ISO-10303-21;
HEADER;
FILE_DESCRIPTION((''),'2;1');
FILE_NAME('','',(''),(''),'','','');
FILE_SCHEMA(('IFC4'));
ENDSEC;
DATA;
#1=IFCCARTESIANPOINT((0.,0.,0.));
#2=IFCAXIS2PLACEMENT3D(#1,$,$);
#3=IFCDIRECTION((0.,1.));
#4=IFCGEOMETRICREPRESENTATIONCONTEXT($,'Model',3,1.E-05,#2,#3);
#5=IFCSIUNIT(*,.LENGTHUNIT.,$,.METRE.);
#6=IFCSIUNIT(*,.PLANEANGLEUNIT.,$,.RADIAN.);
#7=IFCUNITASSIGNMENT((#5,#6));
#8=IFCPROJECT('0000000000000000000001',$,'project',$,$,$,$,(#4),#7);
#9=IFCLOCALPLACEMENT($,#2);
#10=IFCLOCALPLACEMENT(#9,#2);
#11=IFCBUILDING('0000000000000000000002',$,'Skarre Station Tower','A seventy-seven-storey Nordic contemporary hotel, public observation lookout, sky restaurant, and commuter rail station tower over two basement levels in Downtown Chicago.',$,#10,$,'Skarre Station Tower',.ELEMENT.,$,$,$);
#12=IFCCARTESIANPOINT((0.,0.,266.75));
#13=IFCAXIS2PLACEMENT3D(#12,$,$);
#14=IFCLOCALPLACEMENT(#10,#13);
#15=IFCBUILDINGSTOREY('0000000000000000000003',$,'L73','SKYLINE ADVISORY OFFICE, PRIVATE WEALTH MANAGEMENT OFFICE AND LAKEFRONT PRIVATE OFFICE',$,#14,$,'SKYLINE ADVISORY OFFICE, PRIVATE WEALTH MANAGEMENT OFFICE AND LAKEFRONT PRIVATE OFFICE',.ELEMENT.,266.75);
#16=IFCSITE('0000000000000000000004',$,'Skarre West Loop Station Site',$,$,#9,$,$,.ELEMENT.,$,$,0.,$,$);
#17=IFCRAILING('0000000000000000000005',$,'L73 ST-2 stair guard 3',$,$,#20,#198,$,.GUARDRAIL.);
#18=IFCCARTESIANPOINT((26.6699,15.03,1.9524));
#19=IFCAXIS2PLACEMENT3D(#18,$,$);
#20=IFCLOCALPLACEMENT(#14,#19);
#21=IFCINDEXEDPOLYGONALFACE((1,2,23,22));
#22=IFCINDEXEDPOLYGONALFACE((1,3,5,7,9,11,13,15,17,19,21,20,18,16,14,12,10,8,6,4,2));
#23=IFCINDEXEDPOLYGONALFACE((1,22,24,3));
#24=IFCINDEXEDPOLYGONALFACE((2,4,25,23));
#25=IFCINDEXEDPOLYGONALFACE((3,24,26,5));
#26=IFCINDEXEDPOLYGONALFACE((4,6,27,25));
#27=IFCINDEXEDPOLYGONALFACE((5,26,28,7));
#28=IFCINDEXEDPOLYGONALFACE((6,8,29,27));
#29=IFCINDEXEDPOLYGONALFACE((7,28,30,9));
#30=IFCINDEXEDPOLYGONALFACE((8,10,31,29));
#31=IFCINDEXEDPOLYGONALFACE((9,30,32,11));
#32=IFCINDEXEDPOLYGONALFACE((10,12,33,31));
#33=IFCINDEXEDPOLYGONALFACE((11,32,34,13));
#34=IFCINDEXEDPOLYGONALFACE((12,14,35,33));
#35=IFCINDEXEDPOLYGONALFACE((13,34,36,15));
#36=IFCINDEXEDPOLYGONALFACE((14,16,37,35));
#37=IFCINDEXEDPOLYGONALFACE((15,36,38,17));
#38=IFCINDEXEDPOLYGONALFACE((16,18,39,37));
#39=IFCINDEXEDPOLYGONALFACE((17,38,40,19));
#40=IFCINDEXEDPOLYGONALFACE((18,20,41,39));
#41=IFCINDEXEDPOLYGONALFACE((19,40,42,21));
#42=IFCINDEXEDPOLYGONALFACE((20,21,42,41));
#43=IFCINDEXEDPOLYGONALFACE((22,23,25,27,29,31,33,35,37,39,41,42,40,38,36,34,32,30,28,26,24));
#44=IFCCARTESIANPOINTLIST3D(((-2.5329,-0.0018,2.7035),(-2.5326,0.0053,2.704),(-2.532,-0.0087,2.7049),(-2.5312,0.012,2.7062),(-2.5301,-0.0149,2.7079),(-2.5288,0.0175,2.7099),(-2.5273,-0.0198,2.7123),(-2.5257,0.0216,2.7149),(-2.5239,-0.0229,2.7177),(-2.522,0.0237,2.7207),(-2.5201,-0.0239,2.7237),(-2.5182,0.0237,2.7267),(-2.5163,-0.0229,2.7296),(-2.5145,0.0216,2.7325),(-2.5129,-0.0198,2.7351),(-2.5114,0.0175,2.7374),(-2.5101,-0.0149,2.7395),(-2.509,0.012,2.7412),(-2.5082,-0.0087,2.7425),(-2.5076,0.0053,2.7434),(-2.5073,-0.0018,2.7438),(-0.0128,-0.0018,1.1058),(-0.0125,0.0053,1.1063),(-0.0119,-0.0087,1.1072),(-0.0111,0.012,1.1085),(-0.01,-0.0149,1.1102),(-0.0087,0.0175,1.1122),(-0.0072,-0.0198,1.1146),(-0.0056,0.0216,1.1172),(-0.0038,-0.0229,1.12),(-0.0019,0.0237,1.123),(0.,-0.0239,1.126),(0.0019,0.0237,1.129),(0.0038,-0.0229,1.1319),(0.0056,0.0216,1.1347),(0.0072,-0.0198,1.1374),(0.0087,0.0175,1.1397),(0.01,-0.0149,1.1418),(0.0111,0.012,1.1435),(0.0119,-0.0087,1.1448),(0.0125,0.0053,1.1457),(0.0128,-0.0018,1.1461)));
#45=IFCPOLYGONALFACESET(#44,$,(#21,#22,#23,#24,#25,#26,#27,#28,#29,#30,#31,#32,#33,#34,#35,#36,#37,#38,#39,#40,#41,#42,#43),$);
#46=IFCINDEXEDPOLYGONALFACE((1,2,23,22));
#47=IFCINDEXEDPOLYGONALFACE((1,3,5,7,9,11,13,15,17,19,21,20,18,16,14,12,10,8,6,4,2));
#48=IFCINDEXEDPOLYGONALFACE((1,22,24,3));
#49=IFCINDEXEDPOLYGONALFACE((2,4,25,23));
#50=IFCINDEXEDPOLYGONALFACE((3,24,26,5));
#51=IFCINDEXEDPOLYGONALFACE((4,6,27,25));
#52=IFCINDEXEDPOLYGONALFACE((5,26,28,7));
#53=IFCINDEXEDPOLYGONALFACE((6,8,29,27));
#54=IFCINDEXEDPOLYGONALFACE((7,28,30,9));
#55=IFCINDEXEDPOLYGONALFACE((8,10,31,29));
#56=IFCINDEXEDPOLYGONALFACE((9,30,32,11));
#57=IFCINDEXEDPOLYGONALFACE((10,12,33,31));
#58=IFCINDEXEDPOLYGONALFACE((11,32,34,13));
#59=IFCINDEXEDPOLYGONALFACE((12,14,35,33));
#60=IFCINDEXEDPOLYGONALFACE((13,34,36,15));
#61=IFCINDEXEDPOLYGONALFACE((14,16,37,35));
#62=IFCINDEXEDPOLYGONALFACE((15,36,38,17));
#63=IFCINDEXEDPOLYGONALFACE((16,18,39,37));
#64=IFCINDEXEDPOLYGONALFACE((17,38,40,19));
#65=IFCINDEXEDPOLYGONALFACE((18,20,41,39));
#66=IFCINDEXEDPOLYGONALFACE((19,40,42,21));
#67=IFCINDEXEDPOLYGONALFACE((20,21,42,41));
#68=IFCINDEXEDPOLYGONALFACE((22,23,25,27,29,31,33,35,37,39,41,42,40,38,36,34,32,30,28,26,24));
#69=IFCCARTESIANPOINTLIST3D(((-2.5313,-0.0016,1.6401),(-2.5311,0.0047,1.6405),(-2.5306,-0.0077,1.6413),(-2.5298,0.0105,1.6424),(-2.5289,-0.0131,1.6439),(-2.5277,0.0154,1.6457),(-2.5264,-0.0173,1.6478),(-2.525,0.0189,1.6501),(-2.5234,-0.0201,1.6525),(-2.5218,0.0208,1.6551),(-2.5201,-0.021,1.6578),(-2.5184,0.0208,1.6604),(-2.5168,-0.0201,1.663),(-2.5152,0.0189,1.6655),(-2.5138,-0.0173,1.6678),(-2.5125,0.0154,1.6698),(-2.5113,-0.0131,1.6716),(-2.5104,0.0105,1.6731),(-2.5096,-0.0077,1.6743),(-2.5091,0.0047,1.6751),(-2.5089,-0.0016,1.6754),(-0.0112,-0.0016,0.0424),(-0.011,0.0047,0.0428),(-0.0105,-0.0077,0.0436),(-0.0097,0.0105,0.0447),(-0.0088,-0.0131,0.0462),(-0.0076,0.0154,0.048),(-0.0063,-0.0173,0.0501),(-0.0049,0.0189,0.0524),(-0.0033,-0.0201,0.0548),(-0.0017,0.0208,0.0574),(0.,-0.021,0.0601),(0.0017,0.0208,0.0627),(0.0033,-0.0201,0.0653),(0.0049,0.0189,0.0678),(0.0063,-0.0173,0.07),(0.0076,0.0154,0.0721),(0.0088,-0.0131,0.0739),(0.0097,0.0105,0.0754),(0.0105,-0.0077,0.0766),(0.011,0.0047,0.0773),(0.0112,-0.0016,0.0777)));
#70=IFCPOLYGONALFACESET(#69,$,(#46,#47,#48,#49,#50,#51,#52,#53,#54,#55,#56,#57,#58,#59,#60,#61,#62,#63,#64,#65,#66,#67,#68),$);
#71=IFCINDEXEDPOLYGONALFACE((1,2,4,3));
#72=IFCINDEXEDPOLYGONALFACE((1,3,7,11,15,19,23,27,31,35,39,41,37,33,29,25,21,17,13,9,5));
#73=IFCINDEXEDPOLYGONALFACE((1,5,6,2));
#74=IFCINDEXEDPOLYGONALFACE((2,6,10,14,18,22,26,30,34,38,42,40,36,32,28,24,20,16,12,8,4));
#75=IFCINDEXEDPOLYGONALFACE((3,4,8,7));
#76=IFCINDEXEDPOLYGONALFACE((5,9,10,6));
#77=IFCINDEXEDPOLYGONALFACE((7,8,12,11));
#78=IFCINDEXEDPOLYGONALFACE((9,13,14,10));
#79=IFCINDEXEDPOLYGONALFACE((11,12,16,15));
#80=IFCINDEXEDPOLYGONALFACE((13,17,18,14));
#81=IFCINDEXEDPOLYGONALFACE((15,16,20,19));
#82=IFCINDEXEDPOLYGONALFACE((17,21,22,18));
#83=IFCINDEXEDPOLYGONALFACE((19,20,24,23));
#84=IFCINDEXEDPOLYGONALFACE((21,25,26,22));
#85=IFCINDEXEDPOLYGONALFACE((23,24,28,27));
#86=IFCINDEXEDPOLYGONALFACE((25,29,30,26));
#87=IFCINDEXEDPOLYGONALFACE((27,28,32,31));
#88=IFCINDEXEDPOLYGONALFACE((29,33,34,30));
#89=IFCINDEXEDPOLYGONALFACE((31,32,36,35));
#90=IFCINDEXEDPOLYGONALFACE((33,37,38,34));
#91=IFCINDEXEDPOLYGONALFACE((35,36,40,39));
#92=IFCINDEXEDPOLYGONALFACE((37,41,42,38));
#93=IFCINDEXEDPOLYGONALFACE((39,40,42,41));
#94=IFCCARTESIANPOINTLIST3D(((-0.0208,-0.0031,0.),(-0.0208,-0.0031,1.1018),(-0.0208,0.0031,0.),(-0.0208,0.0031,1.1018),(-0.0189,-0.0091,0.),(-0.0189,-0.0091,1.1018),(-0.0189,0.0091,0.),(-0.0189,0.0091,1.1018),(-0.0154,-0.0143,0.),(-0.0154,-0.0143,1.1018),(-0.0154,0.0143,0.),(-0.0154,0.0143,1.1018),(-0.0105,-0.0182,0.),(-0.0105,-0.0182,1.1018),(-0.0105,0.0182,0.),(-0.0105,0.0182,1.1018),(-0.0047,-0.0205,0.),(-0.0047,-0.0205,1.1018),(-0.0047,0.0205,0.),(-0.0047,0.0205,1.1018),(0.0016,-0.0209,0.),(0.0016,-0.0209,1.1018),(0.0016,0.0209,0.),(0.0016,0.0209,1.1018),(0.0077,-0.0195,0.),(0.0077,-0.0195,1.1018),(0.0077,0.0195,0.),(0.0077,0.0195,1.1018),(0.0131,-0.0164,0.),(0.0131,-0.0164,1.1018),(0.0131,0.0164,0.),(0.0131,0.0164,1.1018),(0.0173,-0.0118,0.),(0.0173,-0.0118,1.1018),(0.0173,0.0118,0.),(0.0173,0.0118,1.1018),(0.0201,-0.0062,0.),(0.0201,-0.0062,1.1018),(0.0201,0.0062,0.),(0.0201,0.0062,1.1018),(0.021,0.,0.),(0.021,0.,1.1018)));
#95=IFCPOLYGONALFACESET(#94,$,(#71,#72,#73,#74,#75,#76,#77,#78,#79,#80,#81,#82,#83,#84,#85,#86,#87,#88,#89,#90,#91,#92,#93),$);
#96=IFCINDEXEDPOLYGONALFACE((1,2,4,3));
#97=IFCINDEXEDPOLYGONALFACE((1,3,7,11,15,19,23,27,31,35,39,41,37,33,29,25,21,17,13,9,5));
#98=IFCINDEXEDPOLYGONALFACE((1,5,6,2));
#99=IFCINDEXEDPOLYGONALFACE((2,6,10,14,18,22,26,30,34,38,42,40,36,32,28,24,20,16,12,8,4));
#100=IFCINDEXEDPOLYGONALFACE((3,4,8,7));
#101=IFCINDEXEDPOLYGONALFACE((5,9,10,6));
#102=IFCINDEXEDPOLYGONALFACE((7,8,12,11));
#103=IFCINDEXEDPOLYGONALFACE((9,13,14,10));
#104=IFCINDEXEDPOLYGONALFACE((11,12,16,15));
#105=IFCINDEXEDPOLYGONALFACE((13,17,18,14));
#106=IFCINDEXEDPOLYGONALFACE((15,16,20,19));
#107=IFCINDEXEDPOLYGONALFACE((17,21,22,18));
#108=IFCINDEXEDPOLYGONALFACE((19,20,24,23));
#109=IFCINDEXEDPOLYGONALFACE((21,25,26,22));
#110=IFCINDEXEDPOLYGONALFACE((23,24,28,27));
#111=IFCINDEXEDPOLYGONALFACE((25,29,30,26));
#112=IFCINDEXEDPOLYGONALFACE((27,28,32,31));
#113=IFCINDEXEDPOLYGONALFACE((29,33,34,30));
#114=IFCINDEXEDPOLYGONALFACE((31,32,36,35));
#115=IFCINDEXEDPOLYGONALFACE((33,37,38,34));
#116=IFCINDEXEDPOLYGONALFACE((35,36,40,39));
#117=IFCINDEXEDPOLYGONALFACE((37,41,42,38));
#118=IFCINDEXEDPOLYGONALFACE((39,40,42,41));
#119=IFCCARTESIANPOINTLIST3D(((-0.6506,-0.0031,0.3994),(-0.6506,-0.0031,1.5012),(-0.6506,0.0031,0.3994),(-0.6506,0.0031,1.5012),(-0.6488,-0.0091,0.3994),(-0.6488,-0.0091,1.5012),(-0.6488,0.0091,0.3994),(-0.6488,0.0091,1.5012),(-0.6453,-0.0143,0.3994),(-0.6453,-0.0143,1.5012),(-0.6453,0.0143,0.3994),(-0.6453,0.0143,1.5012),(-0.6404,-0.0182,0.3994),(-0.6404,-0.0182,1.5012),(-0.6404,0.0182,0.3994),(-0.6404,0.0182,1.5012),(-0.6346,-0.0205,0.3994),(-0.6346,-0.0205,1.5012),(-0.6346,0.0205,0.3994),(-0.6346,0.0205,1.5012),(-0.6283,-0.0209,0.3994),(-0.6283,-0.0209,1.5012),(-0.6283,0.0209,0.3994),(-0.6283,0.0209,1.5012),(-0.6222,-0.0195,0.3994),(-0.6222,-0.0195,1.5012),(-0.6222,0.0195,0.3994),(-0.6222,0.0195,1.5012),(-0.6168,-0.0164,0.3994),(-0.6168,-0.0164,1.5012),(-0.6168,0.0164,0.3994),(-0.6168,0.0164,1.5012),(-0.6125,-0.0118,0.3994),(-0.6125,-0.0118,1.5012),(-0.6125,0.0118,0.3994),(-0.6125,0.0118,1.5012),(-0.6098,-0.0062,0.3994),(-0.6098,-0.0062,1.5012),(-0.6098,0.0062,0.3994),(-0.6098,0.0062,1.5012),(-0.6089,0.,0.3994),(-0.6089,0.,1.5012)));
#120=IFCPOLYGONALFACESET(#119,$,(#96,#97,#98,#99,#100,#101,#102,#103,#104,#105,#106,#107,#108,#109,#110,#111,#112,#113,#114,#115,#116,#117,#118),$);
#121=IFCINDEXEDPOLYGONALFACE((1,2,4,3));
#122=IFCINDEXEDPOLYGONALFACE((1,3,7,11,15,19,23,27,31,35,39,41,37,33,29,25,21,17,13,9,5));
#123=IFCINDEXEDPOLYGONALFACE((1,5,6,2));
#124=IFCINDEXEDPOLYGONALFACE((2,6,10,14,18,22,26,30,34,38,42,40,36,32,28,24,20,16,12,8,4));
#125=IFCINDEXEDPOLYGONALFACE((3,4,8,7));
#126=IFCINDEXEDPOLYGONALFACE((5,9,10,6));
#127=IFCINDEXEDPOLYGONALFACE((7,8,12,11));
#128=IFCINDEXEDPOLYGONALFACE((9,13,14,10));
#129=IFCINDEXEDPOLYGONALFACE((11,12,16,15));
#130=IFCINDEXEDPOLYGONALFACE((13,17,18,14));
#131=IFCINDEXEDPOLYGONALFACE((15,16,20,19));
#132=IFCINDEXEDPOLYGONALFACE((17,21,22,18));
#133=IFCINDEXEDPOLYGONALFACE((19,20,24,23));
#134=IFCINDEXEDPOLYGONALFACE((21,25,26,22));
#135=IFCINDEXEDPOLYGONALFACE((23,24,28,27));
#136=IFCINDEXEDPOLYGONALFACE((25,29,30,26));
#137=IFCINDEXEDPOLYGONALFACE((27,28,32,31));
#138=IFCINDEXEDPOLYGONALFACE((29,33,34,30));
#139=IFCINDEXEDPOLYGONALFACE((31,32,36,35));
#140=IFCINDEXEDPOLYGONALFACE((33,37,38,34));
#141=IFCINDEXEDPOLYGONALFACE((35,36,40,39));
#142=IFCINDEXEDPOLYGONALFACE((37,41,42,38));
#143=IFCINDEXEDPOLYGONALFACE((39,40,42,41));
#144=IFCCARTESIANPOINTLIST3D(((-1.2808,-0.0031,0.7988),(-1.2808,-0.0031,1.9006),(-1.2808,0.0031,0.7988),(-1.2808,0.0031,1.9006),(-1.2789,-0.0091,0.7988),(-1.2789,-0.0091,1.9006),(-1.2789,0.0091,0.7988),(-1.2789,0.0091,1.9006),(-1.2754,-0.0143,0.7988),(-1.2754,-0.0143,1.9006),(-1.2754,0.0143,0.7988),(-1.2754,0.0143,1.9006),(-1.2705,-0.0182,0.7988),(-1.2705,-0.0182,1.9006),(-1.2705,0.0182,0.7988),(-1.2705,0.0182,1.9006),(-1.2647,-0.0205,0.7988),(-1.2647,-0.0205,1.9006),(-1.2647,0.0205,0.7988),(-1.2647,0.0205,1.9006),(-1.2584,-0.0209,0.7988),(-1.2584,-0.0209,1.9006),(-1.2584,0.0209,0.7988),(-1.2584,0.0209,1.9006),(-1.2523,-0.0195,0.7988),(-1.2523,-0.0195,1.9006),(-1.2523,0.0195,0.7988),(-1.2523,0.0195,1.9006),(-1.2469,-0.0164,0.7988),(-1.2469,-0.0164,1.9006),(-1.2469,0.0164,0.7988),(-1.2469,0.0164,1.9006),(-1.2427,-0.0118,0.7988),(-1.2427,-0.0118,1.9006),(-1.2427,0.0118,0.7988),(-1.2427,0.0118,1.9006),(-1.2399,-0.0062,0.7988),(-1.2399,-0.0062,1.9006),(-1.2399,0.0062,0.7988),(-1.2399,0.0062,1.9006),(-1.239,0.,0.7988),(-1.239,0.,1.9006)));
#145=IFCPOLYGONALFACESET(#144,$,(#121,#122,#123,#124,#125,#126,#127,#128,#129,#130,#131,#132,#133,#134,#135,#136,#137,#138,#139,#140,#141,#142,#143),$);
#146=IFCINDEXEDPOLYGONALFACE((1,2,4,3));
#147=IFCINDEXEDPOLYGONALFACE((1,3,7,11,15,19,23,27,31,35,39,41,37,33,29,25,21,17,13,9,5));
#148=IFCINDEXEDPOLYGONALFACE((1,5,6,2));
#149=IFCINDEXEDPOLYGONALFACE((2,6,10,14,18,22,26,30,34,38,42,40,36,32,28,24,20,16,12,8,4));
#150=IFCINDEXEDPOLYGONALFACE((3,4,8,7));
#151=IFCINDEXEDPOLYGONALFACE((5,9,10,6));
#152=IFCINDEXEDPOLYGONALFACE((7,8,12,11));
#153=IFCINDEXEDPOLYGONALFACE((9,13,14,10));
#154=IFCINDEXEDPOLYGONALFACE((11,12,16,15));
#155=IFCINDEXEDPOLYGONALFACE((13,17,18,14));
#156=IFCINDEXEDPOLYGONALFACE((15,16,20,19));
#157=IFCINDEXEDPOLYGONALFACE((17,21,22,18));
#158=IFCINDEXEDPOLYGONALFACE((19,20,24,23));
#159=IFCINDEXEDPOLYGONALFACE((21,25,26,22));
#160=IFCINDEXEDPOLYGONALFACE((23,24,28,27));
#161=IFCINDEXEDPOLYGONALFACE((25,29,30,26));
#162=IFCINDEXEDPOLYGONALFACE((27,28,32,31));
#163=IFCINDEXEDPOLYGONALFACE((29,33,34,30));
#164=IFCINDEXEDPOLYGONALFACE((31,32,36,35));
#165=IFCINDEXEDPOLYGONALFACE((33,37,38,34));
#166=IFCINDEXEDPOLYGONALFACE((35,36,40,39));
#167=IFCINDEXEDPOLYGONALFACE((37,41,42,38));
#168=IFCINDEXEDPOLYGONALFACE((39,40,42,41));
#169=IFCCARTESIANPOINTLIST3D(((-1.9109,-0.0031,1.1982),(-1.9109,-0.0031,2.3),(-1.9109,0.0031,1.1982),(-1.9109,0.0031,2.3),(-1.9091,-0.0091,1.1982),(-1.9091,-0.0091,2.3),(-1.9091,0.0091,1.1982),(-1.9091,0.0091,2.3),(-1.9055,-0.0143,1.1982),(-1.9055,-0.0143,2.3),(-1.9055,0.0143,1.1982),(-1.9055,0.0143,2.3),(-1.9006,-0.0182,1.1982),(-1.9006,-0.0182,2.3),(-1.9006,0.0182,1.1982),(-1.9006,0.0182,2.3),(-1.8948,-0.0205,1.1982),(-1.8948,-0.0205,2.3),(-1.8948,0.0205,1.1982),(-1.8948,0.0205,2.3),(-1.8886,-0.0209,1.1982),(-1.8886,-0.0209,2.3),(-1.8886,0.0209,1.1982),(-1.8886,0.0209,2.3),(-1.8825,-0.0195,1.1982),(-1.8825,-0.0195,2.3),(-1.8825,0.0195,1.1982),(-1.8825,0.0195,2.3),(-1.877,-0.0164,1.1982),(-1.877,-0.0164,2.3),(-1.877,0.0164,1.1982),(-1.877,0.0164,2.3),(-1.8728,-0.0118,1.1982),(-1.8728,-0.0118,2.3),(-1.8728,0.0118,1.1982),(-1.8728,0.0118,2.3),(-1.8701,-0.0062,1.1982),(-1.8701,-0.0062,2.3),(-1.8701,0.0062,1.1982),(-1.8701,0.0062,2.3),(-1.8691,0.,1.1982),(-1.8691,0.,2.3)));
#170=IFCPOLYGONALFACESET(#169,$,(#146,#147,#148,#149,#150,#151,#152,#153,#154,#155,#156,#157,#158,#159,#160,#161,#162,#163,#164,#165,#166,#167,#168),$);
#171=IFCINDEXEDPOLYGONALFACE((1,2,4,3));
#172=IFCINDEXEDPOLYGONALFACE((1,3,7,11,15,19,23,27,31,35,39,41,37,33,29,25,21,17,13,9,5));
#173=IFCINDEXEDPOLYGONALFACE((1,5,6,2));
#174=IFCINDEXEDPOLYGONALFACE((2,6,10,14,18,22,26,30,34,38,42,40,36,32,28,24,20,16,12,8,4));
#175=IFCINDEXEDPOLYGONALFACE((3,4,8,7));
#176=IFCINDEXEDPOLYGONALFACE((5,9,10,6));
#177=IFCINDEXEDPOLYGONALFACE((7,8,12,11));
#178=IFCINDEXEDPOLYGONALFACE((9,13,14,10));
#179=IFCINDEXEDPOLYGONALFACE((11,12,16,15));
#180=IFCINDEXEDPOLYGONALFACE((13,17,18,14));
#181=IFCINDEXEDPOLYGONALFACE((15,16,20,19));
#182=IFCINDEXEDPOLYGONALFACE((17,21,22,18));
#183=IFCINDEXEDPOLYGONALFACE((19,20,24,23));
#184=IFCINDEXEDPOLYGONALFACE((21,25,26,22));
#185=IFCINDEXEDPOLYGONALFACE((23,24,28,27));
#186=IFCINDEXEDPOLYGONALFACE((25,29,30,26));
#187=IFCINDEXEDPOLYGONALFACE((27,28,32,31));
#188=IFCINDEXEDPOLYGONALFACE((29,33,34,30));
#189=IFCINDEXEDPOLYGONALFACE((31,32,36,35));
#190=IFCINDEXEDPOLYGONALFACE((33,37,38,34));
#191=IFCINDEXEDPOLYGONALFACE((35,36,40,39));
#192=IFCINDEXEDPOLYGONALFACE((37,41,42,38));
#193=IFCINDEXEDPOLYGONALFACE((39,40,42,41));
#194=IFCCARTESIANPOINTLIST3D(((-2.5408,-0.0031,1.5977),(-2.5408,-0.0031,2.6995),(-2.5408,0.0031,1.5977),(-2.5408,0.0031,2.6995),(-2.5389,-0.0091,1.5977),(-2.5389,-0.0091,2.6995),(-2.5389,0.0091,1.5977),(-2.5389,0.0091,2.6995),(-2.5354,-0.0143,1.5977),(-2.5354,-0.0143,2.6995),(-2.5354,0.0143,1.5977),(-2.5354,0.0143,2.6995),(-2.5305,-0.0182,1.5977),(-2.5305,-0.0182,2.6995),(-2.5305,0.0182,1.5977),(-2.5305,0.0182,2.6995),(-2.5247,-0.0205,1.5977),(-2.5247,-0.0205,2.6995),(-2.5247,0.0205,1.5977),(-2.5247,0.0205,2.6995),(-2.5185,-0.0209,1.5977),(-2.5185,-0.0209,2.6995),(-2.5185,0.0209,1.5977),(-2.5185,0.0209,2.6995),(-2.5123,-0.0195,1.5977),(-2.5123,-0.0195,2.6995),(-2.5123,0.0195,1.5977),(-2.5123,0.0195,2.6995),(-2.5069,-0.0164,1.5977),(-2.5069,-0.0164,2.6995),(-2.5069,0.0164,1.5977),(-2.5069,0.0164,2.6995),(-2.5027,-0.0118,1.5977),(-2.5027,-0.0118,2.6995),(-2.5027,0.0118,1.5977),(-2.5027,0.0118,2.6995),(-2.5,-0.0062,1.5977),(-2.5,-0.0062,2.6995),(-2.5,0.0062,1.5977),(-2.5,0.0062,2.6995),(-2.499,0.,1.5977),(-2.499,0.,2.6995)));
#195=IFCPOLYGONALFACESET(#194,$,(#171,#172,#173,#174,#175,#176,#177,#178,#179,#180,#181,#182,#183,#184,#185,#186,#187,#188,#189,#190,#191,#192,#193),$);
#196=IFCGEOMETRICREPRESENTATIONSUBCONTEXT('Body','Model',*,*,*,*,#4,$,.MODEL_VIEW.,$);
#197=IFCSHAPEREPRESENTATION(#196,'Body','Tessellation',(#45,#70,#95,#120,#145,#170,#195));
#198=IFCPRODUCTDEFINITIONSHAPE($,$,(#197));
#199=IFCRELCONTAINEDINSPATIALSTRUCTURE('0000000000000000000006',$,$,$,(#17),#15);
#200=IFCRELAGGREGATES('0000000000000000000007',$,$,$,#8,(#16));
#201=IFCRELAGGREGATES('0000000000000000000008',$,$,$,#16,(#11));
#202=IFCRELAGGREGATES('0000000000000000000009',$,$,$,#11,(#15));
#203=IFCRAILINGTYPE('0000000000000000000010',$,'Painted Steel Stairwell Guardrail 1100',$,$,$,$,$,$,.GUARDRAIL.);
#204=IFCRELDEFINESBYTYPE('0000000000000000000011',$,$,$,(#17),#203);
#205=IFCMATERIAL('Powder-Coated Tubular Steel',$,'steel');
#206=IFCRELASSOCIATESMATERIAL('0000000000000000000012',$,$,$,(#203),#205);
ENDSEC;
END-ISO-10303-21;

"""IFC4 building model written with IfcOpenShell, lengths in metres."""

from ifc_helpers import new_model, si_unit, direction, frame, origin, origin_2d, place, context, subcontext, project, spatial, circle, extrude, material, type_object, element, save


model = new_model("IFC4")

# Units and contexts
model_context = context("Model", 3, precision=1e-05, world=origin(), true_north=direction((0.0, 1.0)))
body_context = subcontext(model_context, "Body", "Model", "MODEL_VIEW")
ifc_project = project(units=[si_unit("LENGTHUNIT", "METRE"), si_unit("PLANEANGLEUNIT", "RADIAN")], contexts=[model_context])

# Site, building, storey
site_placement = place(None, origin())
site = spatial("IfcSite", under=ifc_project, at=site_placement, Name="Skarre West Loop Station Site", CompositionType="ELEMENT", RefElevation=0.0)
building_placement = place(site_placement, origin())
building = spatial("IfcBuilding", under=site, at=building_placement, Name="Skarre Station Tower", Description="A seventy-seven-storey Nordic contemporary hotel, public observation lookout, sky restaurant, and commuter rail station tower over two basement levels in Downtown Chicago.", LongName="Skarre Station Tower", CompositionType="ELEMENT")
storey_placement = place(building_placement, frame((0.0, 0.0, 266.75)))
storey = spatial("IfcBuildingStorey", under=building, at=storey_placement, Name="L73", Description="SKYLINE ADVISORY OFFICE, PRIVATE WEALTH MANAGEMENT OFFICE AND LAKEFRONT PRIVATE OFFICE", LongName="SKYLINE ADVISORY OFFICE, PRIVATE WEALTH MANAGEMENT OFFICE AND LAKEFRONT PRIVATE OFFICE", CompositionType="ELEMENT", Elevation=266.75)

# Railing
ifc_material_1 = material(Name="Powder-Coated Tubular Steel", Category="steel")
railing_type_1 = type_object("IfcRailingType", Name="Painted Steel Stairwell Guardrail 1100", PredefinedType="GUARDRAIL", material=ifc_material_1)
railing_1_placement = place(storey_placement, frame((26.6699, 15.03, 1.9524)))
element("IfcRailing", 1, at=railing_1_placement, inside=storey, type_object=railing_type_1, Name="L73 ST-2 stair guard 3", PredefinedType="GUARDRAIL", context=body_context, shape_type="SweptSolid", body=[
    extrude(circle(Radius=0.0239, at=origin_2d()), frame((0.0, 0.0, 1.126), z_axis=(-0.84457, 0.0, 0.535445), x_axis=(0.0, -1.0, 0.0)), (0.0, 0.0, 1.0), 2.9839),
    extrude(circle(Radius=0.021, at=origin_2d()), frame((0.0, 0.0, 0.0601), z_axis=(-0.84457, 0.0, 0.535445), x_axis=(0.0, -1.0, 0.0)), (0.0, 0.0, 1.0), 2.9839),
    extrude(circle(Radius=0.021, at=origin_2d()), origin(), (0.0, 0.0, 1.0), 1.1018),
    extrude(circle(Radius=0.021, at=origin_2d()), frame((-0.6299, 0.0, 0.3994)), (0.0, 0.0, 1.0), 1.1018),
    extrude(circle(Radius=0.021, at=origin_2d()), frame((-1.26, 0.0, 0.7988)), (0.0, 0.0, 1.0), 1.1018),
    extrude(circle(Radius=0.021, at=origin_2d()), frame((-1.8901, 0.0, 1.1982)), (0.0, 0.0, 1.0), 1.1018),
    extrude(circle(Radius=0.021, at=origin_2d()), frame((-2.52, 0.0, 1.5977)), (0.0, 0.0, 1.0), 1.1018),
])

save(model, "model.ifc")
